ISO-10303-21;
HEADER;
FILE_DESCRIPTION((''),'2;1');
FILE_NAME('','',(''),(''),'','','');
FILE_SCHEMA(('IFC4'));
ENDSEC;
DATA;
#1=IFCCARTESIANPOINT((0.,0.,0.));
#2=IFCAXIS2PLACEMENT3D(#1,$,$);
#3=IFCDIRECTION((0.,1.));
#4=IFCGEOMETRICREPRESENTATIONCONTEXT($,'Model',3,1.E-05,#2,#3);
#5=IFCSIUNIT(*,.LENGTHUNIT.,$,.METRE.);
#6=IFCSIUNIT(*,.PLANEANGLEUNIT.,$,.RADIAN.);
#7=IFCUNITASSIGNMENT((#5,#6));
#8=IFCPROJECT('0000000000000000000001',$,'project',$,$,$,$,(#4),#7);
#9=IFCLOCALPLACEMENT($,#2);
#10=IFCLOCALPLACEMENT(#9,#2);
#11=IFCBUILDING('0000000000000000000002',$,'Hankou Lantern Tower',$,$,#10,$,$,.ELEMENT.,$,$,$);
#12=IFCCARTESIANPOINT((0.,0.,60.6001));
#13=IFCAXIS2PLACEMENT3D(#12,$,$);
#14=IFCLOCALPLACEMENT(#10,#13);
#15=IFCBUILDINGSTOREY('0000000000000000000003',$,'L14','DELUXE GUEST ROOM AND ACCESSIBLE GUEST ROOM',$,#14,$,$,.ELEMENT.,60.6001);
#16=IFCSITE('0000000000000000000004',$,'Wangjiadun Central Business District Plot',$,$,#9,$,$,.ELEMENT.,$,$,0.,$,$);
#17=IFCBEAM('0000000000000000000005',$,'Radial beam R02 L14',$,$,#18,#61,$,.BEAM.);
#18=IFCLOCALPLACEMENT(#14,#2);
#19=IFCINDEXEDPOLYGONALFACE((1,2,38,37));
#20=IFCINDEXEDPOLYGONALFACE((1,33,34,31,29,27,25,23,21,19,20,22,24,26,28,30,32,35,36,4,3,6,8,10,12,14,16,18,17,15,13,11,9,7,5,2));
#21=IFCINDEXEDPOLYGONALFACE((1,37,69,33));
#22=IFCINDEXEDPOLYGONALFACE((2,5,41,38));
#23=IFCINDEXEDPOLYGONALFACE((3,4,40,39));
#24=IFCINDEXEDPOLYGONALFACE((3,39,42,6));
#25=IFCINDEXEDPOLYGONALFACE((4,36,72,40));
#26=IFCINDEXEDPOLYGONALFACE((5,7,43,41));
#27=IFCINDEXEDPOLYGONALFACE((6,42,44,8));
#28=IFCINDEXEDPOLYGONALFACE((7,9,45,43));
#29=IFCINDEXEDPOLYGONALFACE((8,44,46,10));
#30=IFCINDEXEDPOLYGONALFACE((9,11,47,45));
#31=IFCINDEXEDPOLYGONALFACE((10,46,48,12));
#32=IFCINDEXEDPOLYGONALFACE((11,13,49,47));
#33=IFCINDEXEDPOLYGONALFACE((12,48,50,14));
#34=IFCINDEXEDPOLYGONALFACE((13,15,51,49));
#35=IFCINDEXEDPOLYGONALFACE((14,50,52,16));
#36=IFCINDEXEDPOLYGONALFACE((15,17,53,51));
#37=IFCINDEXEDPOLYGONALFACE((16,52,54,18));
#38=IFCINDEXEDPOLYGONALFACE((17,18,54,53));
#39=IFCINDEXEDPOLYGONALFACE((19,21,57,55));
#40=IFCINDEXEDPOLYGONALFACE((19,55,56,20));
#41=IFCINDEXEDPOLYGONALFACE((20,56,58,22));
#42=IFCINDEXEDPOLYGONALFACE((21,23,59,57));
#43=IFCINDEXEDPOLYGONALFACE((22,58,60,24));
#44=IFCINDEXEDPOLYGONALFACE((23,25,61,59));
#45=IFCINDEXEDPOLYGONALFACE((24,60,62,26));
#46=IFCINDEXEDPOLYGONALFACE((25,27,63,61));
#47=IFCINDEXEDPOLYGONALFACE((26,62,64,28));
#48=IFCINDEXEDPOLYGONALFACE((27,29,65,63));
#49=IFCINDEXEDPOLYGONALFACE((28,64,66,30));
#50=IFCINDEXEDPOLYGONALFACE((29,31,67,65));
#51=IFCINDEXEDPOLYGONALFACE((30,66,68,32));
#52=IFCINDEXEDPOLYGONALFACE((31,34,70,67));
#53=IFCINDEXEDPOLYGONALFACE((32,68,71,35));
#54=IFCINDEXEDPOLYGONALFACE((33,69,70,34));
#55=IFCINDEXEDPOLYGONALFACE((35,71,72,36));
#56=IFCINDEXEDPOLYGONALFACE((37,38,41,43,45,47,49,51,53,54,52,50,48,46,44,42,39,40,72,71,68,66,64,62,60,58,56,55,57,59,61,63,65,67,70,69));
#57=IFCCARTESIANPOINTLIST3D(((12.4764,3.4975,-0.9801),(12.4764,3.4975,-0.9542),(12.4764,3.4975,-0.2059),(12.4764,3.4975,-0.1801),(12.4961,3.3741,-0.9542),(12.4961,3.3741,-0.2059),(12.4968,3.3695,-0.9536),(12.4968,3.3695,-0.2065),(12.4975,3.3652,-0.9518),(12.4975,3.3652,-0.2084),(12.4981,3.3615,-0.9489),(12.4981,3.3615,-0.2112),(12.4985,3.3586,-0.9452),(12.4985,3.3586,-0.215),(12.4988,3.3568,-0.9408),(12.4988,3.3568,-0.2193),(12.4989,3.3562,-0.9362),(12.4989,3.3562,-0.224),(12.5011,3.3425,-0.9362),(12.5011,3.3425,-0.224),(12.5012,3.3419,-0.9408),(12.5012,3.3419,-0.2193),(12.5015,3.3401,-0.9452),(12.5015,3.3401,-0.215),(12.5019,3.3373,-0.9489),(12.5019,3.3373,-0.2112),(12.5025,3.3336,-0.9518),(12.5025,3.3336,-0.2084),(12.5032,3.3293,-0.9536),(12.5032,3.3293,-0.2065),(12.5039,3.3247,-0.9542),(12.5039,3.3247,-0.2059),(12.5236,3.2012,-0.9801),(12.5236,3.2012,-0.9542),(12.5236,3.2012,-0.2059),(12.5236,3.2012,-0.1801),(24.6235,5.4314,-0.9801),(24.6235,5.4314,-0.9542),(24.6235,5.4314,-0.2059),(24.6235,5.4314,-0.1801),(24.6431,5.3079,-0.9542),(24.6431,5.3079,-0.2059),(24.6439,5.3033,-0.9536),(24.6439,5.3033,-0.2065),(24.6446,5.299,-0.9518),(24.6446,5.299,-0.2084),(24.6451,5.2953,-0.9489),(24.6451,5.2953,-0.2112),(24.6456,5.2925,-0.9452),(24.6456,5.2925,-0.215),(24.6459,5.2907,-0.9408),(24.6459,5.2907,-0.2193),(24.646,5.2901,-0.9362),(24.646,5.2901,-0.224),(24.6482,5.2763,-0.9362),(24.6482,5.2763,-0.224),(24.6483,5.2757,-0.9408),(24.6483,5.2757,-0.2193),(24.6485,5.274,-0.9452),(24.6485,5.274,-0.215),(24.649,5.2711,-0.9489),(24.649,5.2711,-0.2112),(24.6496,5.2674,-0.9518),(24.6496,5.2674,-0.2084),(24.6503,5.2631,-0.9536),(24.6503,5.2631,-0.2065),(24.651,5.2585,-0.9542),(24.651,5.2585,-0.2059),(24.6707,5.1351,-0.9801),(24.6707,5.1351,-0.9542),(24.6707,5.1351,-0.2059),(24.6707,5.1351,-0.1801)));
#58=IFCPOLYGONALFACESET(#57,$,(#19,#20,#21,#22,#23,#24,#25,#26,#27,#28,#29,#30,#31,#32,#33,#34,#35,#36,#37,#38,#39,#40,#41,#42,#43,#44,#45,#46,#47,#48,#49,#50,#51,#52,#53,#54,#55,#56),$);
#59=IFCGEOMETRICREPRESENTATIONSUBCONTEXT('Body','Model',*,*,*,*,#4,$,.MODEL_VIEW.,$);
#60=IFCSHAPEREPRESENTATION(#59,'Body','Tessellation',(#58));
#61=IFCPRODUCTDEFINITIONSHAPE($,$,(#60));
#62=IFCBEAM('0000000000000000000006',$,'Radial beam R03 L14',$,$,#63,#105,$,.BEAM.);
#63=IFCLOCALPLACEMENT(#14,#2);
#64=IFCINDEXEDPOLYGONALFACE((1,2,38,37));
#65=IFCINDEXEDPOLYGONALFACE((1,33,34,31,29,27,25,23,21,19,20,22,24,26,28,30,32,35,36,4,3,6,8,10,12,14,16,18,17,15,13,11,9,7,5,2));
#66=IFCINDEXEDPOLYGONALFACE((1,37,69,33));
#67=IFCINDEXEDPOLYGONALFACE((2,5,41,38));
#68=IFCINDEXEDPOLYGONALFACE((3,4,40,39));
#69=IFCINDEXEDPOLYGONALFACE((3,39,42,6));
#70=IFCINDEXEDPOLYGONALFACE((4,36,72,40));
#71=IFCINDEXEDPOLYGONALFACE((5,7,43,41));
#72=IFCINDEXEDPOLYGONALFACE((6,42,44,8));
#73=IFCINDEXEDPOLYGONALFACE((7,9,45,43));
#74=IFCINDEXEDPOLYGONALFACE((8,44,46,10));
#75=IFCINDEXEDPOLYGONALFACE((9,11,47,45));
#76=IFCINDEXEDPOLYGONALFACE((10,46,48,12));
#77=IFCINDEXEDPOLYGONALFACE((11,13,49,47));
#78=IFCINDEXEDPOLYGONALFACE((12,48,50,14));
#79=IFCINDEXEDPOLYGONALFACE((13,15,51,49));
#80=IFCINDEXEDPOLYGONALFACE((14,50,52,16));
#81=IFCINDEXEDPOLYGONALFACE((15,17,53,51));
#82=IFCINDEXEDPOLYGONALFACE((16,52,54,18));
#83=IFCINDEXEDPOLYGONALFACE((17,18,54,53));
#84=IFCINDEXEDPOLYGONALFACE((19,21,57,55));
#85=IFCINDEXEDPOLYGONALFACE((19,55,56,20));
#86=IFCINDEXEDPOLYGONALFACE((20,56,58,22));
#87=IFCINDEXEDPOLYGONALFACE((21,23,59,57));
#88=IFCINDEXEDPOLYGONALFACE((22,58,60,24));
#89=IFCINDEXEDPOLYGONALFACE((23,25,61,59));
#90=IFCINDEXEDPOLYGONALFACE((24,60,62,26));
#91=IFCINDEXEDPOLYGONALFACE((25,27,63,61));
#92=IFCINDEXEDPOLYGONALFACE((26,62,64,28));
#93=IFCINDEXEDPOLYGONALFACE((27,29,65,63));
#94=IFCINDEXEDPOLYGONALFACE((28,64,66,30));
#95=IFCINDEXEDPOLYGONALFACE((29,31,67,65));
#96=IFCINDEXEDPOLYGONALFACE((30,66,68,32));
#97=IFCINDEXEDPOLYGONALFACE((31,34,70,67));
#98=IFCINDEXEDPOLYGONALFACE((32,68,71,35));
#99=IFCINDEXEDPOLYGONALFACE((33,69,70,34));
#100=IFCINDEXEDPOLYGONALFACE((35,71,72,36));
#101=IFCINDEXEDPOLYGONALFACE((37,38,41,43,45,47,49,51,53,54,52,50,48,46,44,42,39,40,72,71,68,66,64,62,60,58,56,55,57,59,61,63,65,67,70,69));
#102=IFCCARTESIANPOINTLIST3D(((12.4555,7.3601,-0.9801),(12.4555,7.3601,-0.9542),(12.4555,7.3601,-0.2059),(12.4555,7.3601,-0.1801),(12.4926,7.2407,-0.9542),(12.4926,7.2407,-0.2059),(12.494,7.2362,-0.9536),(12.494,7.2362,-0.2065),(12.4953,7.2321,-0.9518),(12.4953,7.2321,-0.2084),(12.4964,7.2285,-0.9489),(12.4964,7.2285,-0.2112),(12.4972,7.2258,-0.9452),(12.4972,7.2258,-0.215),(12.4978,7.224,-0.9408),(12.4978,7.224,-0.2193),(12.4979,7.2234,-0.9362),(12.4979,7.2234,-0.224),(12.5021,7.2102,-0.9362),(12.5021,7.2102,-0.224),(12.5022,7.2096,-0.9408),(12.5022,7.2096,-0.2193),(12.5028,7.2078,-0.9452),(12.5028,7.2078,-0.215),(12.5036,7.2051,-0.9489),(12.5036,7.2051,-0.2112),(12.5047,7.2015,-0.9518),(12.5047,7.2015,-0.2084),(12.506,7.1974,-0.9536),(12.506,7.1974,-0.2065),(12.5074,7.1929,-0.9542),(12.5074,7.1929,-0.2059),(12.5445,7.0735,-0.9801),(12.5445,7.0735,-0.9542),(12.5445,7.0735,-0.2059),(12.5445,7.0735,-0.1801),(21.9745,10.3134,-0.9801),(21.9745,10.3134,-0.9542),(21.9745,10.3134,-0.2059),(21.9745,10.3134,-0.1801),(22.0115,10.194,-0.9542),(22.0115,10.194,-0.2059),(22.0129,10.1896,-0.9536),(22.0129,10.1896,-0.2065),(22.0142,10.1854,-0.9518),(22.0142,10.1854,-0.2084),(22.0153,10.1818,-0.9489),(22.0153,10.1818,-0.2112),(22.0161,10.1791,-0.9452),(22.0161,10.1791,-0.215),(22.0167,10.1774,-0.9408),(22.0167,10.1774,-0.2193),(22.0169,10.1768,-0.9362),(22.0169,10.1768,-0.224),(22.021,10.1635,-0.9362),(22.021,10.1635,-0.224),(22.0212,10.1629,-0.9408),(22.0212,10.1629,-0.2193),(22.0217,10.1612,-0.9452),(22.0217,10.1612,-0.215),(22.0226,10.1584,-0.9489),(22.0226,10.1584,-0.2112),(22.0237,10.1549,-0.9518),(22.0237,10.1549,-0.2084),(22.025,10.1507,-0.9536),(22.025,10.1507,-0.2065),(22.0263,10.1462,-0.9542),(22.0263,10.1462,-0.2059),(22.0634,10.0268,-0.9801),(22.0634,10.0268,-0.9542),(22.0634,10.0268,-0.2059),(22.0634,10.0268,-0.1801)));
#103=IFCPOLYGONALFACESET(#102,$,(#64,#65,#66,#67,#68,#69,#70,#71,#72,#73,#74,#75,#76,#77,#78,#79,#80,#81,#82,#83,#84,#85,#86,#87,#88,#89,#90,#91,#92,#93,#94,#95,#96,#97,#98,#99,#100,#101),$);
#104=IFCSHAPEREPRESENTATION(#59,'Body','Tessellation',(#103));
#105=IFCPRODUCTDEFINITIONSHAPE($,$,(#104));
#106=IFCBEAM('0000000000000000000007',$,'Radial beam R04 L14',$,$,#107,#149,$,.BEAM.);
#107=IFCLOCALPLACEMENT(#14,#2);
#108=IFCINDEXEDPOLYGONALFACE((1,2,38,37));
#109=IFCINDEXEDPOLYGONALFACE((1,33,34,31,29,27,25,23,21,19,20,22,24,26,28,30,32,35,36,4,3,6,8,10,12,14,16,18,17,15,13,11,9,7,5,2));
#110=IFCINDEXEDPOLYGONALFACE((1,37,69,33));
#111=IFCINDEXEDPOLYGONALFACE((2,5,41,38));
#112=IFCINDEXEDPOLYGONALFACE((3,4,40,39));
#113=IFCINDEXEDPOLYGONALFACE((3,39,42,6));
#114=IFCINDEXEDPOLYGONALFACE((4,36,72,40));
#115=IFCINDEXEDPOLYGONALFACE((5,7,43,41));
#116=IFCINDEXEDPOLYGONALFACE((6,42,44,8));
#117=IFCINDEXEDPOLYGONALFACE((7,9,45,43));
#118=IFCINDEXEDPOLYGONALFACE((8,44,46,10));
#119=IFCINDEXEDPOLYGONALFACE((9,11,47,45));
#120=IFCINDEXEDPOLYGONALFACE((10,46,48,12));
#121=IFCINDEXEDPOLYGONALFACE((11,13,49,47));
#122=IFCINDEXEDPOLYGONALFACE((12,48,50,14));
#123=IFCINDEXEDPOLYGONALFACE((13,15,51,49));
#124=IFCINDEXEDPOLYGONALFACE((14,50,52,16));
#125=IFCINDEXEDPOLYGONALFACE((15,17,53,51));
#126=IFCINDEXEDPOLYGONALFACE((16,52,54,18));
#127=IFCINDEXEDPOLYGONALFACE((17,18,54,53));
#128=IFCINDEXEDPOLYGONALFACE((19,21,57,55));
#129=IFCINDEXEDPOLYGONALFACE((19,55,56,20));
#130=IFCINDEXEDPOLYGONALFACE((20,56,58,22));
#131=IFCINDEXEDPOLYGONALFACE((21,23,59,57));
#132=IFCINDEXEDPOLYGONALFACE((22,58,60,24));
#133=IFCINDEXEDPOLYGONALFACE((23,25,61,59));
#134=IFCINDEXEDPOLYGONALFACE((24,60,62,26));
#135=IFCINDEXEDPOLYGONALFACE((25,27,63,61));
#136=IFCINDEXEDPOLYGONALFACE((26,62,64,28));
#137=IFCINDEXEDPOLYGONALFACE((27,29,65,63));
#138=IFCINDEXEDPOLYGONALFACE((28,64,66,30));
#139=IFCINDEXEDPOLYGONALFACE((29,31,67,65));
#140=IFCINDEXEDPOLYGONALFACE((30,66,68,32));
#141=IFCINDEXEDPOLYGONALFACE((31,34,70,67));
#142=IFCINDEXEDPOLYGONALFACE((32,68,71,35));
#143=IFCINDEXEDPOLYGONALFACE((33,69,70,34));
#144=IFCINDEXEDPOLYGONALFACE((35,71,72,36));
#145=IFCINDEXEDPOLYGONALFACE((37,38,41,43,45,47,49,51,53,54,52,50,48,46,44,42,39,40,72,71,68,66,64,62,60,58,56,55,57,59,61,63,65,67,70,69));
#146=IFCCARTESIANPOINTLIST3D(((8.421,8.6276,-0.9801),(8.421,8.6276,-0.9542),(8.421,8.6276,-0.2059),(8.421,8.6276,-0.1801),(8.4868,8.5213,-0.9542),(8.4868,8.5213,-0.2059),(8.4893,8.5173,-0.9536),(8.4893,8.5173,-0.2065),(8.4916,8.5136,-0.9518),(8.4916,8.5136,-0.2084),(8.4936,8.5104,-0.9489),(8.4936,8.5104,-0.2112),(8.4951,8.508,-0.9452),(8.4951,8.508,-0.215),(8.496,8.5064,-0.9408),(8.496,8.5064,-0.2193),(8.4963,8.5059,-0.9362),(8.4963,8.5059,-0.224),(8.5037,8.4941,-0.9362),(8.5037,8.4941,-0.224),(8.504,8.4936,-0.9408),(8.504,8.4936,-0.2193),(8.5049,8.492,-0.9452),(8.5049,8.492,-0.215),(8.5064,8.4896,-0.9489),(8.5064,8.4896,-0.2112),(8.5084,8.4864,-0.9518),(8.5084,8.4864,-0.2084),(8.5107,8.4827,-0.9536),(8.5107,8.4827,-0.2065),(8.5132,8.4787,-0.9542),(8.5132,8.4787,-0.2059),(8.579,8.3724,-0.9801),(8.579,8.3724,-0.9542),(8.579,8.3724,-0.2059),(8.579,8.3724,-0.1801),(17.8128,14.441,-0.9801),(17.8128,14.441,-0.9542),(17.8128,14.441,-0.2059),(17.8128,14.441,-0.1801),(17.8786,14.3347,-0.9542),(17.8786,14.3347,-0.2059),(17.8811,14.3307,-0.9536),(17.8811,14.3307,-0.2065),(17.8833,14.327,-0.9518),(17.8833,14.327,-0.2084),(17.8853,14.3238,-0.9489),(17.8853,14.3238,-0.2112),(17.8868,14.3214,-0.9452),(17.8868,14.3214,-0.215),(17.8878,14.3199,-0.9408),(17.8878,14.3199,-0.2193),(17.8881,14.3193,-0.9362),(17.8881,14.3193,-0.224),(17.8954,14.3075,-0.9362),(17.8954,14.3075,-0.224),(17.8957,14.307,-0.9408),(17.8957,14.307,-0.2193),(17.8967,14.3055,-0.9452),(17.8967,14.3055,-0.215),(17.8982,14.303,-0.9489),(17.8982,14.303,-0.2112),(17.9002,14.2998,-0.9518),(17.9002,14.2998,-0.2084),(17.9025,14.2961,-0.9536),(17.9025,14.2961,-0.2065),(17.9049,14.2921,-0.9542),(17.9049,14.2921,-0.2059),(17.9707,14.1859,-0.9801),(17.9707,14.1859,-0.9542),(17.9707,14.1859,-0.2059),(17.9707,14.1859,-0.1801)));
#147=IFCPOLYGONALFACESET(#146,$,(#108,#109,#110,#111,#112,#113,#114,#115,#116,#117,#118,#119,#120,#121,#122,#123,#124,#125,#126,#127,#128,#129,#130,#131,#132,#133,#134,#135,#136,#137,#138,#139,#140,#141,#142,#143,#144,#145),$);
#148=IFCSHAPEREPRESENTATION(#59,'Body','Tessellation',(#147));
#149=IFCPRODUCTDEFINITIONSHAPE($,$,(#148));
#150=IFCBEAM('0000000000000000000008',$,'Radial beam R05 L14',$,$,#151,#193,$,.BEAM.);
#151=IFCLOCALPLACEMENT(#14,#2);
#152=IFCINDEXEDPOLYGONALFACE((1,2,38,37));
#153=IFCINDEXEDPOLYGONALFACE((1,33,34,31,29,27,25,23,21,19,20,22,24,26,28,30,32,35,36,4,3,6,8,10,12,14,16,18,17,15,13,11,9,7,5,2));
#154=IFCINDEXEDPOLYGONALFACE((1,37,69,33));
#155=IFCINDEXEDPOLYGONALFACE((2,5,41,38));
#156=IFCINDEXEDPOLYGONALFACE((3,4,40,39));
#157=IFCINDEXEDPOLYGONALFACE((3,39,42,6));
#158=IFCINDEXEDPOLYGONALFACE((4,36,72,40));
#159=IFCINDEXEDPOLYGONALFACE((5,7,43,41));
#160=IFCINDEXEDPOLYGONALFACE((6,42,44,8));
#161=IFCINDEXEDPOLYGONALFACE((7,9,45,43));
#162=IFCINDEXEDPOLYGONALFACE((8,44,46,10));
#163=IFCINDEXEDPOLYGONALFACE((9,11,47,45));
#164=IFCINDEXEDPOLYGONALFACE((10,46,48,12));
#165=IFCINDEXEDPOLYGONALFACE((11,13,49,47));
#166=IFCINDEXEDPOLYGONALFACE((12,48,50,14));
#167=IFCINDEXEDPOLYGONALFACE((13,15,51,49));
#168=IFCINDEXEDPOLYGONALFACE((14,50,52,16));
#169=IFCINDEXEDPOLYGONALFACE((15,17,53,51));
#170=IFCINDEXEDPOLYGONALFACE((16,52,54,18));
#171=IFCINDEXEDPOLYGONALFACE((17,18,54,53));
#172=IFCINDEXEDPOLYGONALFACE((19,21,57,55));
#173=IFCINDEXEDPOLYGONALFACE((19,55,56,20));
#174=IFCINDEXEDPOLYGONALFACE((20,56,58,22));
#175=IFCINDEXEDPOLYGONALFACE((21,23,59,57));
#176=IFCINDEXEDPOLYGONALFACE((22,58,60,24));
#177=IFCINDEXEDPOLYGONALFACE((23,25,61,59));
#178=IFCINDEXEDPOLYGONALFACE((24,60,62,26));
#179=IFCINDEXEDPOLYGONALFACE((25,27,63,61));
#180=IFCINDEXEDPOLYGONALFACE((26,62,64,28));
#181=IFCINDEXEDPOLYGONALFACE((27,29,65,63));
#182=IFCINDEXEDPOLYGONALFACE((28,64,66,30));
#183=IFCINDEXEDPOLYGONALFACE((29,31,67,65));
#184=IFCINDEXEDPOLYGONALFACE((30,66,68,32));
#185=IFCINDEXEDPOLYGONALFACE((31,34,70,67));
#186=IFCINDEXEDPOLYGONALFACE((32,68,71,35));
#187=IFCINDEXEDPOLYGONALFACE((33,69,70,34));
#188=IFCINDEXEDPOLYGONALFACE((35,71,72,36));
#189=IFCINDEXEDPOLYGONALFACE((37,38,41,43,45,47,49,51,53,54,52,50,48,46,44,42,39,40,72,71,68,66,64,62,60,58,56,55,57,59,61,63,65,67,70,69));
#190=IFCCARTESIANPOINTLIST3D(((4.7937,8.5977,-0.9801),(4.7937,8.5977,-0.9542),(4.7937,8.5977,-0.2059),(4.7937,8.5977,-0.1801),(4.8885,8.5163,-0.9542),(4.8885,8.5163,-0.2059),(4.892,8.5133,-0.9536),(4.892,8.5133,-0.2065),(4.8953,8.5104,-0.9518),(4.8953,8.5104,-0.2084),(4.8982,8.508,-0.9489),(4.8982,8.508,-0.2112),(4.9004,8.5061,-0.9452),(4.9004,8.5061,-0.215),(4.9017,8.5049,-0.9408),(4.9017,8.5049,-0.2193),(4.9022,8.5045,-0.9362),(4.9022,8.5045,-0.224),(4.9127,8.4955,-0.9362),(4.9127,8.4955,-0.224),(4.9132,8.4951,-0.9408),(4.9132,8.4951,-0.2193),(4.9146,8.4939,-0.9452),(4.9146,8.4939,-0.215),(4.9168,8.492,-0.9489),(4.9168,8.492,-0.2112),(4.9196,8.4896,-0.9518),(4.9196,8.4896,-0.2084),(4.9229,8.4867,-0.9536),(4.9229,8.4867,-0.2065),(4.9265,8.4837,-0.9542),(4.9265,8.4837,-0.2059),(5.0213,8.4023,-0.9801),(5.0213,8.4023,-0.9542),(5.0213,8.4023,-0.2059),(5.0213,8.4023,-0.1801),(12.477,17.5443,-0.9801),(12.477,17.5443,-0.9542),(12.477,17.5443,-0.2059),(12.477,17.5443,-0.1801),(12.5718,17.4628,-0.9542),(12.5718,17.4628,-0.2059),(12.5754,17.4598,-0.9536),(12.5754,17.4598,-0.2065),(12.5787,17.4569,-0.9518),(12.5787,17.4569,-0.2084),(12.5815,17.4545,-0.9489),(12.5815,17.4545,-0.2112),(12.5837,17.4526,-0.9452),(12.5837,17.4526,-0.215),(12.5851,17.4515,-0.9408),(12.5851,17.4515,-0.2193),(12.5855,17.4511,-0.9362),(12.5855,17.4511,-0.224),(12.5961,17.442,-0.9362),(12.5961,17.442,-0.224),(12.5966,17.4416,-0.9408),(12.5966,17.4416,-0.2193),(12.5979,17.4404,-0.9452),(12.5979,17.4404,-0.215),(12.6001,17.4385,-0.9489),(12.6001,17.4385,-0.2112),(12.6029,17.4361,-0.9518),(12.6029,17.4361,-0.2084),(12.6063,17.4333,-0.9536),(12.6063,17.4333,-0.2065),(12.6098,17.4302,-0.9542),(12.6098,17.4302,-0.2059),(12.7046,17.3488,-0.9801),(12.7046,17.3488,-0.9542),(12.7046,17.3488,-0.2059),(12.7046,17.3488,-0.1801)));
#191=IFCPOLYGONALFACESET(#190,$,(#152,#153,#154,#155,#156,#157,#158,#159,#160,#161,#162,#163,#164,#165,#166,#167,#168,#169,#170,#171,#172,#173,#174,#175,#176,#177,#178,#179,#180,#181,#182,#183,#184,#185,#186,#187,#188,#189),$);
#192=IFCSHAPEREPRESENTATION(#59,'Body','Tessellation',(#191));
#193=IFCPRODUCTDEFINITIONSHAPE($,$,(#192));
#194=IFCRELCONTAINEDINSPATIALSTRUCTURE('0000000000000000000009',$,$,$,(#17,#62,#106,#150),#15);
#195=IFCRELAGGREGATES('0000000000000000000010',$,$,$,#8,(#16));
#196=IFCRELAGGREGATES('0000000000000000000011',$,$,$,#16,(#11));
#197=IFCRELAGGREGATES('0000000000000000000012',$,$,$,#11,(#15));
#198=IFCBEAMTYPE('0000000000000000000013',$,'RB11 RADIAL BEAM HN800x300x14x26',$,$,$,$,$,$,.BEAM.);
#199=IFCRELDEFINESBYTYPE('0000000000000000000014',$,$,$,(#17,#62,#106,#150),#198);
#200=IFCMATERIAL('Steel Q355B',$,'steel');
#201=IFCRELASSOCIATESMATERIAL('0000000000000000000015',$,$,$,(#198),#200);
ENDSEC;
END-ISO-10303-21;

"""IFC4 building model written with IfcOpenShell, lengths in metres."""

from ifc_helpers import new_model, si_unit, direction, frame, origin, origin_2d, place, context, subcontext, project, spatial, i_section, extrude, material, material_profile, profile_set, type_object, element, save


model = new_model("IFC4")

# Units and contexts
model_context = context("Model", 3, precision=1e-05, world=origin(), true_north=direction((0.0, 1.0)))
body_context = subcontext(model_context, "Body", "Model", "MODEL_VIEW")
ifc_project = project(units=[si_unit("LENGTHUNIT", "METRE"), si_unit("PLANEANGLEUNIT", "RADIAN")], contexts=[model_context])

# Site, building, storey
site_placement = place(None, origin())
site = spatial("IfcSite", under=ifc_project, at=site_placement, Name="Wangjiadun Central Business District Plot", CompositionType="ELEMENT", RefElevation=0.0)
building_placement = place(site_placement, origin())
building = spatial("IfcBuilding", under=site, at=building_placement, Name="Hankou Lantern Tower", CompositionType="ELEMENT")
storey_placement = place(building_placement, frame((0.0, 0.0, 60.6001)))
storey = spatial("IfcBuildingStorey", under=building, at=storey_placement, Name="L14", Description="DELUXE GUEST ROOM AND ACCESSIBLE GUEST ROOM", CompositionType="ELEMENT", Elevation=60.6001)

# Beams
ifc_material_1 = material(Name="Steel Q355B", Category="steel")
ifc_material_profile_1 = material_profile(ifc_material_1, i_section(OverallWidth=0.3, OverallDepth=0.8, WebThickness=0.0139, FlangeThickness=0.0259, FilletRadius=0.0181, at=origin_2d()), Name="HN800x300x14x26")
ifc_profile_set_1 = profile_set([ifc_material_profile_1], Name="Steel Q355B")
beam_type_1 = type_object("IfcBeamType", Name="RB11 RADIAL BEAM HN800x300x14x26", PredefinedType="BEAM", material=ifc_profile_set_1)
beam_1_placement = place(storey_placement, frame((12.5, 3.3494, -0.5801), z_axis=(0.987563, 0.157223, 0.0), x_axis=(-0.157223, 0.987563, 0.0)))
element("IfcBeam", 1, at=beam_1_placement, inside=storey, type_object=beam_type_1, Name="Radial beam R02 L14", PredefinedType="BEAM", context=body_context, shape_type="SweptSolid", body=[
    extrude(i_section(OverallWidth=0.3, OverallDepth=0.8, WebThickness=0.0139, FlangeThickness=0.0259, FilletRadius=0.0181, at=origin_2d()), origin(), (0.0, 0.0, 1.0), 12.3),
])
beam_2_placement = place(storey_placement, frame((12.5, 7.2168, -0.5801), z_axis=(0.955087, 0.296324, 0.0), x_axis=(-0.296324, 0.955087, 0.0)))
element("IfcBeam", 2, at=beam_2_placement, inside=storey, type_object=beam_type_1, Name="Radial beam R03 L14", PredefinedType="BEAM", context=body_context, shape_type="SweptSolid", body=[
    extrude(i_section(OverallWidth=0.3, OverallDepth=0.8, WebThickness=0.0139, FlangeThickness=0.0259, FilletRadius=0.0181, at=origin_2d()), origin(), (0.0, 0.0, 1.0), 9.9666),
])
beam_3_placement = place(storey_placement, frame((8.5, 8.5, -0.5801), z_axis=(0.850286, 0.52632, 0.0), x_axis=(-0.52632, 0.850286, 0.0)))
element("IfcBeam", 3, at=beam_3_placement, inside=storey, type_object=beam_type_1, Name="Radial beam R04 L14", PredefinedType="BEAM", context=body_context, shape_type="SweptSolid", body=[
    extrude(i_section(OverallWidth=0.3, OverallDepth=0.8, WebThickness=0.0139, FlangeThickness=0.0259, FilletRadius=0.0181, at=origin_2d()), origin(), (0.0, 0.0, 1.0), 11.0454),
])
beam_4_placement = place(storey_placement, frame((4.9075, 8.5, -0.5801), z_axis=(0.651519, 0.758632, 0.0), x_axis=(-0.758632, 0.651519, 0.0)))
element("IfcBeam", 4, at=beam_4_placement, inside=storey, type_object=beam_type_1, Name="Radial beam R05 L14", PredefinedType="BEAM", context=body_context, shape_type="SweptSolid", body=[
    extrude(i_section(OverallWidth=0.3, OverallDepth=0.8, WebThickness=0.0139, FlangeThickness=0.0259, FilletRadius=0.0181, at=origin_2d()), origin(), (0.0, 0.0, 1.0), 11.793),
])

save(model, "model.ifc")
